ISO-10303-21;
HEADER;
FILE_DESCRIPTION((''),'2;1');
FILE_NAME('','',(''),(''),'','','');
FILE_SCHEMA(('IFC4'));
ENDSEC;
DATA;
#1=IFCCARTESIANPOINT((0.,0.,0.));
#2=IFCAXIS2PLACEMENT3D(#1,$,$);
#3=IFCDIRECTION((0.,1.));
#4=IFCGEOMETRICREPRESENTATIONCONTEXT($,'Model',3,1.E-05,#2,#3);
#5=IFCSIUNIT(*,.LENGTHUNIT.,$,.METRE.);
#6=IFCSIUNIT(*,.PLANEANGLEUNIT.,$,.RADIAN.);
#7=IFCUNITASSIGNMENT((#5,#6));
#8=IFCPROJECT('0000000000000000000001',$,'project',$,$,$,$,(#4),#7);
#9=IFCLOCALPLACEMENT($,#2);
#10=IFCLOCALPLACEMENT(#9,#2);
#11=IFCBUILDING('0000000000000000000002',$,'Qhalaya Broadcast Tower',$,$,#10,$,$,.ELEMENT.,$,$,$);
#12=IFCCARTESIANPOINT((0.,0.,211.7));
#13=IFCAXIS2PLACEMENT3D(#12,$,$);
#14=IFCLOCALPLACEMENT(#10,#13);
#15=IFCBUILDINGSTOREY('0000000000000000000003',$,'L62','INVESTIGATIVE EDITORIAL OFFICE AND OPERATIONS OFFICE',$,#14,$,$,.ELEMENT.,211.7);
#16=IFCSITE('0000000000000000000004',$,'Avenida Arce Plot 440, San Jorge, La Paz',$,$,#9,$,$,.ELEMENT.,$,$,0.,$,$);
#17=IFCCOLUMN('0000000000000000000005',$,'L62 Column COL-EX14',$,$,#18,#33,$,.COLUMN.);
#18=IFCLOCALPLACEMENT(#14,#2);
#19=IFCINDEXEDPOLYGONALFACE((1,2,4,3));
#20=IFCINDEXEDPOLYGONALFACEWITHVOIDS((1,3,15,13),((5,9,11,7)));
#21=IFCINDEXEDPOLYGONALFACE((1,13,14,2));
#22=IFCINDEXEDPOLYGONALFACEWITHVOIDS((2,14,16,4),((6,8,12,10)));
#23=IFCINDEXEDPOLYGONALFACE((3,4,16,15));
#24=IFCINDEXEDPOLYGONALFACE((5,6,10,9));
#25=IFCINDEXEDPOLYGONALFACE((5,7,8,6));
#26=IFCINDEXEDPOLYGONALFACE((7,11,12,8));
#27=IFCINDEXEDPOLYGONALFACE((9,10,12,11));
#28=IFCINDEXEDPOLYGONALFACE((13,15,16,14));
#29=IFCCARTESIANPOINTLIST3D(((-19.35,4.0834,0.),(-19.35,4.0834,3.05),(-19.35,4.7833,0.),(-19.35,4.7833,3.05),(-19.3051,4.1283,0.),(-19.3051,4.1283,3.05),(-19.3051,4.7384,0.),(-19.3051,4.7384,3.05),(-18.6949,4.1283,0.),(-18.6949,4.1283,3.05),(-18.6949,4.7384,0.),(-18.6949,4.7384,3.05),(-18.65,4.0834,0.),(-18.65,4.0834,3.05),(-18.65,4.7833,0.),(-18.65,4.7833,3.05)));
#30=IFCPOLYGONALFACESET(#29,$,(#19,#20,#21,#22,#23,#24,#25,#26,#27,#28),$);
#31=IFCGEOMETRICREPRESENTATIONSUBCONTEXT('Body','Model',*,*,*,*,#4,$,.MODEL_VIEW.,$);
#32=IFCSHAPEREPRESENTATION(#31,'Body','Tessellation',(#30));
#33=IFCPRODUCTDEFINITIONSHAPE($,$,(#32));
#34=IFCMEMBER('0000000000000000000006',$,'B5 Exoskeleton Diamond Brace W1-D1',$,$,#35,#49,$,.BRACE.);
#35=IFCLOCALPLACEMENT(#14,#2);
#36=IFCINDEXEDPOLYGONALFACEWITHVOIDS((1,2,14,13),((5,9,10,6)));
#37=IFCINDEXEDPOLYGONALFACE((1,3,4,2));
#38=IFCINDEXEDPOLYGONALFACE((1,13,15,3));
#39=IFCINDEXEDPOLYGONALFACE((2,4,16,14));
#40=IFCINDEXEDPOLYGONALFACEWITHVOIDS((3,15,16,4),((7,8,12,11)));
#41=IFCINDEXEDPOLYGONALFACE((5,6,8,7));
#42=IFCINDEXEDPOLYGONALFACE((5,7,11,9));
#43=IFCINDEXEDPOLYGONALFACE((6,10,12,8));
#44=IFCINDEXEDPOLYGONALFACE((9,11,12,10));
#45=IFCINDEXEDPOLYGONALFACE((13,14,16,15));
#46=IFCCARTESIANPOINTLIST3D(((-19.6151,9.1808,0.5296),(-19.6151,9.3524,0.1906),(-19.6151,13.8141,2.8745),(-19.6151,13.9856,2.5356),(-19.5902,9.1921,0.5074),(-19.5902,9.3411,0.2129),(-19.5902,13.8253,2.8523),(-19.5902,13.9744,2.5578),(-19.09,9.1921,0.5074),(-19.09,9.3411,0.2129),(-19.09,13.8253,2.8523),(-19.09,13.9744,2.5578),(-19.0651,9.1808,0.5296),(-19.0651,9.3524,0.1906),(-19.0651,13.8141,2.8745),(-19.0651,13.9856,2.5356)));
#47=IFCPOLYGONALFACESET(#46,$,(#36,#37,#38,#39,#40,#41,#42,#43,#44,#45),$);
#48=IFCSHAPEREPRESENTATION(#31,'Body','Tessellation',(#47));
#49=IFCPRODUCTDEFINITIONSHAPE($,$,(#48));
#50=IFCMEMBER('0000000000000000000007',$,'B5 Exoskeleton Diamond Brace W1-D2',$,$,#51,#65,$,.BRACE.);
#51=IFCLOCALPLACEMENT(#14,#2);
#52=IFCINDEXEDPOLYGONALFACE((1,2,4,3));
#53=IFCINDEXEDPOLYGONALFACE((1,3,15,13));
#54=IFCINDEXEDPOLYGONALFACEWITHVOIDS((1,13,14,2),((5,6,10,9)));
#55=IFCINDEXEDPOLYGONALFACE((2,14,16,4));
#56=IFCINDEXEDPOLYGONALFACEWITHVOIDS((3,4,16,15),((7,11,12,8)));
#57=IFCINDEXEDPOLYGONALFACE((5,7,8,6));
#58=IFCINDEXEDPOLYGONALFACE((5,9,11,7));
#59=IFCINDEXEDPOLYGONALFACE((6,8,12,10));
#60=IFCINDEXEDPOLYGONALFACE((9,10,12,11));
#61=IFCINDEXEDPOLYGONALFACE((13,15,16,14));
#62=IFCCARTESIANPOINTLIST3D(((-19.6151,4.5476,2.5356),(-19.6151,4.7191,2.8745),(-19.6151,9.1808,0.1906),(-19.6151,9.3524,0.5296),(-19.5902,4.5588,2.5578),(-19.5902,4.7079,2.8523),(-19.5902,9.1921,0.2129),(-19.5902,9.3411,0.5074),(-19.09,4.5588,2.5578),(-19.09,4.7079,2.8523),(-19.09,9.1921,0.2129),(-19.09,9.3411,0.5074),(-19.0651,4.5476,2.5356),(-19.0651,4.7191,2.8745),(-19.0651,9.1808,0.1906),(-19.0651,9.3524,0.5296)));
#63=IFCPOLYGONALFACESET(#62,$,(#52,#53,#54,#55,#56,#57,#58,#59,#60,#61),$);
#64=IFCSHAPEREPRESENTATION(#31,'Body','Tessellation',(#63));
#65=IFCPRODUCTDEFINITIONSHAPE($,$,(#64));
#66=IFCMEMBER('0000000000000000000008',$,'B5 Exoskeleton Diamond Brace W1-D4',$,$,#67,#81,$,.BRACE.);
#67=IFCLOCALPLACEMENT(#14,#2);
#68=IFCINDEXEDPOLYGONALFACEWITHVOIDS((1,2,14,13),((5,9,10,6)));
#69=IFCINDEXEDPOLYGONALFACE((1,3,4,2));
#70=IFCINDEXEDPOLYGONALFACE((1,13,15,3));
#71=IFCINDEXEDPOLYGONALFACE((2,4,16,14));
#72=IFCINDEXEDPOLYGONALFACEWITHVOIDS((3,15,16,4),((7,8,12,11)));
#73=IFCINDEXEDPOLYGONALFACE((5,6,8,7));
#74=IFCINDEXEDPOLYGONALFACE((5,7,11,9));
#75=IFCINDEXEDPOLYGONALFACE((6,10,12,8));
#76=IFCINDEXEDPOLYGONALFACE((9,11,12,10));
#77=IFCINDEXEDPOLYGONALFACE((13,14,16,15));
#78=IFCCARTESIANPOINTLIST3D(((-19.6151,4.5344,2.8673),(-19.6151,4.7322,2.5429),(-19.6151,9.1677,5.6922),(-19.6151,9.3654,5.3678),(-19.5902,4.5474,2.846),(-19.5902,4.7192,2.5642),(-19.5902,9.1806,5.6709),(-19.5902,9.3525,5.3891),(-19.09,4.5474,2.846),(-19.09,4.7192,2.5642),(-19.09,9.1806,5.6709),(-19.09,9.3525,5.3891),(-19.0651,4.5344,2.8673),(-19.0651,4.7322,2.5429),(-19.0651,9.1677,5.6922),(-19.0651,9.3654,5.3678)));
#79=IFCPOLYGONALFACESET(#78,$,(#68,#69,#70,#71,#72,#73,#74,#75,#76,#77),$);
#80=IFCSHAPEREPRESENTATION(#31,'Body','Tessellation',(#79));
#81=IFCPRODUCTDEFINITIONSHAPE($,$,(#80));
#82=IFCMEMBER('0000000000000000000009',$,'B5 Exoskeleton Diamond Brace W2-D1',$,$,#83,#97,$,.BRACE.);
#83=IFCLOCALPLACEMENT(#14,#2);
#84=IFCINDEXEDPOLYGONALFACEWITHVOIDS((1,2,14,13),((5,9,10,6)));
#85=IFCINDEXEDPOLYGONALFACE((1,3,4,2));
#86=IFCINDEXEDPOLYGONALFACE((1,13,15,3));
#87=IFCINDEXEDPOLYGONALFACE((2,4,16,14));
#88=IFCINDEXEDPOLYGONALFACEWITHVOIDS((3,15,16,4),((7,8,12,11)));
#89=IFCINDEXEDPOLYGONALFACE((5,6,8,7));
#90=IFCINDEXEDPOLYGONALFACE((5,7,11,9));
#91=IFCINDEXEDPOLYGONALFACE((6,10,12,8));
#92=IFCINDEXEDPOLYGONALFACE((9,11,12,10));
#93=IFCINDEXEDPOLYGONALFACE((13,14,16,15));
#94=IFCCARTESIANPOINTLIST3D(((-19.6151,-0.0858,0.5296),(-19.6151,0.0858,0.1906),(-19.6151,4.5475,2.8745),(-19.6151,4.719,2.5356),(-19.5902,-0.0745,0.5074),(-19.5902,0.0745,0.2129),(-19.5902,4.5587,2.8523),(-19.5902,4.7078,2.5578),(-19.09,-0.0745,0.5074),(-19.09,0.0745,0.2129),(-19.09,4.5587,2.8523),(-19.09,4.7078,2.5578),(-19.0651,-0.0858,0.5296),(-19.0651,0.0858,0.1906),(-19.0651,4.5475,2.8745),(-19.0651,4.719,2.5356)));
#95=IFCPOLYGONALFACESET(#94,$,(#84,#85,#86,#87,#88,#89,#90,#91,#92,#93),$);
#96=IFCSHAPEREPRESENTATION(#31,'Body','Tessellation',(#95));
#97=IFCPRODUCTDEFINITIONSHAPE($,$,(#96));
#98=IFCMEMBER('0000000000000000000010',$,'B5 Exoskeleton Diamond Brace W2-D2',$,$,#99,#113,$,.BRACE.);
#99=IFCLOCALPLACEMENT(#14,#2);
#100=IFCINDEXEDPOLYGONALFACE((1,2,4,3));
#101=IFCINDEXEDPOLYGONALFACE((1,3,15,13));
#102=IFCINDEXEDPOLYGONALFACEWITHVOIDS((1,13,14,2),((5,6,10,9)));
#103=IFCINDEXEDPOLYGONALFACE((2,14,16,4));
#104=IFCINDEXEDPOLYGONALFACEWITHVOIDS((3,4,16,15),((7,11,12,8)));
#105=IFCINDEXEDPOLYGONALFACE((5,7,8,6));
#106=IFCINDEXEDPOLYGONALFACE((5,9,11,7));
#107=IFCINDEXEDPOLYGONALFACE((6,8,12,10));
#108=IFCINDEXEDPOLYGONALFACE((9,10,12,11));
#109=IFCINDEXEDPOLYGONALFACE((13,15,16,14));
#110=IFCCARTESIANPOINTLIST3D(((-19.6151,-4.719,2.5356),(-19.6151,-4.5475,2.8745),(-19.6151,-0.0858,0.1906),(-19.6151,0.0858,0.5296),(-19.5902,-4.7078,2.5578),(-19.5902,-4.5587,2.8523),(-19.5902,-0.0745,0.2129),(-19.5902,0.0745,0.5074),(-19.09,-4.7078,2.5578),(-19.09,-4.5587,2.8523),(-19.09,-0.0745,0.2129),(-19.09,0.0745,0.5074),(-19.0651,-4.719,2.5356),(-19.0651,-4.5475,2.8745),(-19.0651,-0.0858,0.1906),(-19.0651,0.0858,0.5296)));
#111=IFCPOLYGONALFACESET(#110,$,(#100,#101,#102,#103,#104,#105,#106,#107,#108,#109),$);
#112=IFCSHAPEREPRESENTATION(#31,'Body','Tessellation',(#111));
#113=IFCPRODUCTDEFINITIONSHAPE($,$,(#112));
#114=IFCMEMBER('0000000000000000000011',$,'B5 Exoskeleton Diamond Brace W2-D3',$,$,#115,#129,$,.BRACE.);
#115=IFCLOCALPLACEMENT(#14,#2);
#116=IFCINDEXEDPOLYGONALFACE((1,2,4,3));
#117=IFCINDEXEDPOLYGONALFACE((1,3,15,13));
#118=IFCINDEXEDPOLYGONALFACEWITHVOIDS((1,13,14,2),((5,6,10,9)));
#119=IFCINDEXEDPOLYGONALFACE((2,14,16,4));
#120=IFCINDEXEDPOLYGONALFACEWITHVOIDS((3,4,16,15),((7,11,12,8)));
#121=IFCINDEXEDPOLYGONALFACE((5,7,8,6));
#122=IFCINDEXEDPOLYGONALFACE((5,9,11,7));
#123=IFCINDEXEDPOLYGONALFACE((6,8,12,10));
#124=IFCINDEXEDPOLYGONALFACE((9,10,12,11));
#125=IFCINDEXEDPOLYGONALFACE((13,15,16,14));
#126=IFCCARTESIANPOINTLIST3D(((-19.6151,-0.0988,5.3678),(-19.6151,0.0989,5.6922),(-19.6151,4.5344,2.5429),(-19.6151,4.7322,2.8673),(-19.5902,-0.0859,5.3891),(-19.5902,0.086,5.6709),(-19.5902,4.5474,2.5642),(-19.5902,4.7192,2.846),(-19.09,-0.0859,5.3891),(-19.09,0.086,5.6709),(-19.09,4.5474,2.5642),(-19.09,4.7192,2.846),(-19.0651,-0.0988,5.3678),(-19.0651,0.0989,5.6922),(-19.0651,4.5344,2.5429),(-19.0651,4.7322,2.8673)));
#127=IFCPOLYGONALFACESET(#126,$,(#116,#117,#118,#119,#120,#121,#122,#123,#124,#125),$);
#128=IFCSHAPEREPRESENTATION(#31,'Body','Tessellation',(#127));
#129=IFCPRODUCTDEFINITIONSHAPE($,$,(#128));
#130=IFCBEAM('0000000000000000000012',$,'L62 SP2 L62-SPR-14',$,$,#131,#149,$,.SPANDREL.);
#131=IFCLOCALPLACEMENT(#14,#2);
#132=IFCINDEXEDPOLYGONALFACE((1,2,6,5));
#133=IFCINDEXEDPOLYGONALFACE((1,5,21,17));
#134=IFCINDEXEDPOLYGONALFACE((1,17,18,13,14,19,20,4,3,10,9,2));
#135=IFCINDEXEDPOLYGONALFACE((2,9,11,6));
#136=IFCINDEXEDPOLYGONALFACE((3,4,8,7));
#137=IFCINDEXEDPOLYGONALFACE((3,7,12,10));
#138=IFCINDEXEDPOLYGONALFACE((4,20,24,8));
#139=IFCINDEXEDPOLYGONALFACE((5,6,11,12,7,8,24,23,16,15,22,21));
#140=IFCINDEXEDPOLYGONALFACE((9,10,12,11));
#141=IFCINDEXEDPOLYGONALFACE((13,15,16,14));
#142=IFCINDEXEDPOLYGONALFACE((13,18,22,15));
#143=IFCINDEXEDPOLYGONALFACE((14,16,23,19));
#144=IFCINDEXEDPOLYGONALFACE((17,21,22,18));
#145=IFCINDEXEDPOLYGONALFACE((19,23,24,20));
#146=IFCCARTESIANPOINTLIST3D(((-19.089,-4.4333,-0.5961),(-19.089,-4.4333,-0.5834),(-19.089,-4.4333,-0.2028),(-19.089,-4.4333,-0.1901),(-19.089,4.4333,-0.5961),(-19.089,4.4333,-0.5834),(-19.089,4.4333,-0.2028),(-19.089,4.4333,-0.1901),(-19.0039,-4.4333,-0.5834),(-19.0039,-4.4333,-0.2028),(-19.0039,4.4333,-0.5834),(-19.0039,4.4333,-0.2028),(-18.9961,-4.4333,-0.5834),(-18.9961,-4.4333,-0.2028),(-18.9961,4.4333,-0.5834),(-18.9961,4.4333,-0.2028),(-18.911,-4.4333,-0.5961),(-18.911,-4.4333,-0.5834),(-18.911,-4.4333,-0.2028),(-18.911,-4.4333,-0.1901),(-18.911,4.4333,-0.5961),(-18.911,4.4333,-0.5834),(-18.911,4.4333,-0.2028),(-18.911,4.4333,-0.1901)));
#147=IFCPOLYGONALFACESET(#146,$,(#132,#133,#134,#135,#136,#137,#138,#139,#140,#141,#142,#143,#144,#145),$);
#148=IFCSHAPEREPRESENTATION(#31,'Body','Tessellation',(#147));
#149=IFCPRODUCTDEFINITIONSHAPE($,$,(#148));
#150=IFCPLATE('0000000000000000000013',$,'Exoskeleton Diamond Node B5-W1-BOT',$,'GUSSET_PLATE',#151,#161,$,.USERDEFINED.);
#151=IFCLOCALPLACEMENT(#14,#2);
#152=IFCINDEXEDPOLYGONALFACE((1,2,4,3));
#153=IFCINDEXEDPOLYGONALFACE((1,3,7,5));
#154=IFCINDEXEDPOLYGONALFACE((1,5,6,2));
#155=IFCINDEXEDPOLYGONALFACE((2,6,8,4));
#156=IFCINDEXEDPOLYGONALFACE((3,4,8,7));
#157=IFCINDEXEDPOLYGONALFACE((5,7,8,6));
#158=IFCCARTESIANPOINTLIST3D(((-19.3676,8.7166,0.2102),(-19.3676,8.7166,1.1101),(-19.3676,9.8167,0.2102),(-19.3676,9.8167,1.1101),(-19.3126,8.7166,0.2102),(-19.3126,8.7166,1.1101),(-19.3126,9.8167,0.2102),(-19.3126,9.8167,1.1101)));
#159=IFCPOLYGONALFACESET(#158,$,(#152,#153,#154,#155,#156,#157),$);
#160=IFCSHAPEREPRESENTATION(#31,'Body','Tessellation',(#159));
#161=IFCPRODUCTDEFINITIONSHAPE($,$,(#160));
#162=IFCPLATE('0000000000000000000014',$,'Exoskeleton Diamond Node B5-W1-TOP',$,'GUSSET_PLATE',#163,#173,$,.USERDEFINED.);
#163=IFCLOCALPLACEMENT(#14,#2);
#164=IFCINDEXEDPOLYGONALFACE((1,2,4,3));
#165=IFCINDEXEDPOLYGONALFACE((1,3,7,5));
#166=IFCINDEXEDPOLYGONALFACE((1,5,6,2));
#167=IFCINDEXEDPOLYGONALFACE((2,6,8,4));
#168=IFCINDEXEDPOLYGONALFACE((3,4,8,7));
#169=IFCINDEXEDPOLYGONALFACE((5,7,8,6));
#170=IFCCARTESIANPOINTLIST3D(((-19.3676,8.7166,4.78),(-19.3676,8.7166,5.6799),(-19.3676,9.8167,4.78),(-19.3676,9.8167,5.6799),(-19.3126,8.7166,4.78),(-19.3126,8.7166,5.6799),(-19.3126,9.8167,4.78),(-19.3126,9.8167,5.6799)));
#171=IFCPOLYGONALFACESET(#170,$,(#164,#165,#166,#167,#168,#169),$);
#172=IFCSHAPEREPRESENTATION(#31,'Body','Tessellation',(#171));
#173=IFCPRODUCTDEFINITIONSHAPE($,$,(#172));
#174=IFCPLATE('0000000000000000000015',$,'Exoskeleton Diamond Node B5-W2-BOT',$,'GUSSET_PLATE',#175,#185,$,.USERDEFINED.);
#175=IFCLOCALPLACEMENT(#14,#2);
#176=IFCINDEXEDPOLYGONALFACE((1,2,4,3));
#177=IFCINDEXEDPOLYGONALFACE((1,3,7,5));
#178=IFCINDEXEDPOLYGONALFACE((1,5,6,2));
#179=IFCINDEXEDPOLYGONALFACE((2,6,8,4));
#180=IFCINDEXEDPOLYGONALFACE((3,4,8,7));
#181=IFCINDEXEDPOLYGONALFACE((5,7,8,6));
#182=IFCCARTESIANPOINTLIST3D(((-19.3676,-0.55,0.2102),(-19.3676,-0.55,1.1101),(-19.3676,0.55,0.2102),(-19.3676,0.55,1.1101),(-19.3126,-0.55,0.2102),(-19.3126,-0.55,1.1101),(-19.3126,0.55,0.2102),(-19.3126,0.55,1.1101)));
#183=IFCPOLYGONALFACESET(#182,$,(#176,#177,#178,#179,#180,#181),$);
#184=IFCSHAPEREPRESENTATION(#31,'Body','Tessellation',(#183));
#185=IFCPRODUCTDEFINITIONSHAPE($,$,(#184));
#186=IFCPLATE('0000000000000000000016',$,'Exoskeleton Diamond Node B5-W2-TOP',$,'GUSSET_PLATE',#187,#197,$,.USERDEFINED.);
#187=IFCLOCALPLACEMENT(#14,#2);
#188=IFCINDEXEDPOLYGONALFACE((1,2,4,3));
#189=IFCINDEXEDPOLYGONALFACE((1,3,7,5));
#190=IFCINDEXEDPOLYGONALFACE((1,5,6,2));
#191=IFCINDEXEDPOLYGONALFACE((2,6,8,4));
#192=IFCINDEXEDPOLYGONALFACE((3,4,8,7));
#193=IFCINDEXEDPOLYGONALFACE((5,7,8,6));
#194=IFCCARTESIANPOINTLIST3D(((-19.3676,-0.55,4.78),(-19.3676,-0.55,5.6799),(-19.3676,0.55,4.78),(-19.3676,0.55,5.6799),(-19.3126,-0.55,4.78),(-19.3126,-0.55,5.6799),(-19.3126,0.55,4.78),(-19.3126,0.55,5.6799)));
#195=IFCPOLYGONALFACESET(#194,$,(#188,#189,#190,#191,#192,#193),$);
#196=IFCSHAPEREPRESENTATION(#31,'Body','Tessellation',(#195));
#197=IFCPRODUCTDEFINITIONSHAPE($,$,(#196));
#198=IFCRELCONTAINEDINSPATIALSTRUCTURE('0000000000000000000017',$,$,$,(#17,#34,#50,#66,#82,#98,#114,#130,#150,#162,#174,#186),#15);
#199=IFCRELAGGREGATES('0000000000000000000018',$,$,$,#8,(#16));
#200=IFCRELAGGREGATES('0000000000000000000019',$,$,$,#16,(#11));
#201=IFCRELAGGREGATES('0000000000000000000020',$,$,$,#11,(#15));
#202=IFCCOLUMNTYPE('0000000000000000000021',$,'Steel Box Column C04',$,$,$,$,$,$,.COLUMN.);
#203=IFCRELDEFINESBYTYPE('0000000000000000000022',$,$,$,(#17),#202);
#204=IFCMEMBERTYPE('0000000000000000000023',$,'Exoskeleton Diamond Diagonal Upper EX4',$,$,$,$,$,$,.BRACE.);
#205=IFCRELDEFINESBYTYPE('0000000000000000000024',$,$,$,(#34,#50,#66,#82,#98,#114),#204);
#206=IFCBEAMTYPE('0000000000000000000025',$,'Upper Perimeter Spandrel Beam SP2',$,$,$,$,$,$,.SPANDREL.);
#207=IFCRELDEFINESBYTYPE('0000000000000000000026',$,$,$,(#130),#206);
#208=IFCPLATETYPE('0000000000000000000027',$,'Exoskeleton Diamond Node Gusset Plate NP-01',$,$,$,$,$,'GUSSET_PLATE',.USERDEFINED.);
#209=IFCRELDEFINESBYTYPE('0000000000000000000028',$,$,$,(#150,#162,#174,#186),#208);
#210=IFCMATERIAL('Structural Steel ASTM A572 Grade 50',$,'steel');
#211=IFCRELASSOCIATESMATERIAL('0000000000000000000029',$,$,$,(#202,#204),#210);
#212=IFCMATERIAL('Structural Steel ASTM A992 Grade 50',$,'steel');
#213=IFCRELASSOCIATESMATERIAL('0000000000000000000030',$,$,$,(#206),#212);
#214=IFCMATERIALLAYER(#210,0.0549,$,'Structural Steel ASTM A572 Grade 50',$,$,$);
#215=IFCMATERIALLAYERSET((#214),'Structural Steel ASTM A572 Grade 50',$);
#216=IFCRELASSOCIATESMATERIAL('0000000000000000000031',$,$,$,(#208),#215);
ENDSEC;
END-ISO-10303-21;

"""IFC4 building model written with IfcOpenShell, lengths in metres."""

from ifc_helpers import new_model, si_unit, direction, frame, origin, origin_2d, place, context, subcontext, project, spatial, rectangle, hollow_rectangle, i_section, extrude, material, layer, layer_set, material_profile, profile_set, type_object, element, save


model = new_model("IFC4")

# Units and contexts
model_context = context("Model", 3, precision=1e-05, world=origin(), true_north=direction((0.0, 1.0)))
body_context = subcontext(model_context, "Body", "Model", "MODEL_VIEW")
ifc_project = project(units=[si_unit("LENGTHUNIT", "METRE"), si_unit("PLANEANGLEUNIT", "RADIAN")], contexts=[model_context])

# Site, building, storey
site_placement = place(None, origin())
site = spatial("IfcSite", under=ifc_project, at=site_placement, Name="Avenida Arce Plot 440, San Jorge, La Paz", CompositionType="ELEMENT", RefElevation=0.0)
building_placement = place(site_placement, origin())
building = spatial("IfcBuilding", under=site, at=building_placement, Name="Qhalaya Broadcast Tower", CompositionType="ELEMENT")
storey_placement = place(building_placement, frame((0.0, 0.0, 211.7)))
storey = spatial("IfcBuildingStorey", under=building, at=storey_placement, Name="L62", Description="INVESTIGATIVE EDITORIAL OFFICE AND OPERATIONS OFFICE", CompositionType="ELEMENT", Elevation=211.7)

# Column
ifc_material_1 = material(Name="Structural Steel ASTM A572 Grade 50", Category="steel")
ifc_material_profile_1 = material_profile(ifc_material_1, hollow_rectangle(XDim=0.7, YDim=0.7, WallThickness=0.0449, at=origin_2d()), Name="BOX 700x700x45")
ifc_profile_set_1 = profile_set([ifc_material_profile_1], Name="Structural Steel ASTM A572 Grade 50")
column_type = type_object("IfcColumnType", Name="Steel Box Column C04", PredefinedType="COLUMN", material=ifc_profile_set_1)
column_placement = place(storey_placement, frame((-19.0, 4.4333, 0.0), z_axis=(0.0, 0.0, 1.0), x_axis=(0.0, 1.0, 0.0)))
element("IfcColumn", 1, at=column_placement, inside=storey, type_object=column_type, Name="L62 Column COL-EX14", PredefinedType="COLUMN", context=body_context, shape_type="SweptSolid", body=[
    extrude(hollow_rectangle(XDim=0.7, YDim=0.7, WallThickness=0.0449, at=origin_2d()), origin(), (0.0, 0.0, 1.0), 3.05),
])

# Members
ifc_material_profile_2 = material_profile(ifc_material_1, hollow_rectangle(XDim=0.3799, YDim=0.55, WallThickness=0.0249, at=origin_2d()), Name="BOX 380x550x25")
ifc_profile_set_2 = profile_set([ifc_material_profile_2], Name="Structural Steel ASTM A572 Grade 50")
member_type = type_object("IfcMemberType", Name="Exoskeleton Diamond Diagonal Upper EX4", PredefinedType="BRACE", material=ifc_profile_set_2)
for number, where, z_axis, x_axis, name in (
    (2, (-19.3401, 9.2666, 0.3601), (0.0, 0.892235, 0.451571), (0.0, -0.451571, 0.892235), "B5 Exoskeleton Diamond Brace W1-D1"),
    (3, (-19.3401, 9.2666, 0.3601), (0.0, -0.892235, 0.451571), (0.0, 0.451571, 0.892235), "B5 Exoskeleton Diamond Brace W1-D2"),
):
    element("IfcMember", number, at=place(storey_placement, frame(where, z_axis=z_axis, x_axis=x_axis)), inside=storey, type_object=member_type, Name=name, PredefinedType="BRACE", context=body_context, shape_type="SweptSolid", body=[
        extrude(hollow_rectangle(XDim=0.3799, YDim=0.55, WallThickness=0.0249, at=origin_2d()), origin(), (0.0, 0.0, 1.0), 5.1929),
    ])
member_1_placement = place(storey_placement, frame((-19.3401, 4.6333, 2.7051), z_axis=(0.0, 0.853815, 0.520576), x_axis=(0.0, -0.520576, 0.853815)))
element("IfcMember", 4, at=member_1_placement, inside=storey, type_object=member_type, Name="B5 Exoskeleton Diamond Brace W1-D4", PredefinedType="BRACE", context=body_context, shape_type="SweptSolid", body=[
    extrude(hollow_rectangle(XDim=0.3799, YDim=0.55, WallThickness=0.0249, at=origin_2d()), origin(), (0.0, 0.0, 1.0), 5.4265),
])
for number, where, z_axis, x_axis, name in (
    (5, (-19.3401, 0.0, 0.3601), (0.0, 0.892235, 0.451571), (0.0, -0.451571, 0.892235), "B5 Exoskeleton Diamond Brace W2-D1"),
    (6, (-19.3401, 0.0, 0.3601), (0.0, -0.892235, 0.451571), (0.0, 0.451571, 0.892235), "B5 Exoskeleton Diamond Brace W2-D2"),
):
    element("IfcMember", number, at=place(storey_placement, frame(where, z_axis=z_axis, x_axis=x_axis)), inside=storey, type_object=member_type, Name=name, PredefinedType="BRACE", context=body_context, shape_type="SweptSolid", body=[
        extrude(hollow_rectangle(XDim=0.3799, YDim=0.55, WallThickness=0.0249, at=origin_2d()), origin(), (0.0, 0.0, 1.0), 5.1929),
    ])
member_2_placement = place(storey_placement, frame((-19.3401, 4.6333, 2.7051), z_axis=(0.0, -0.853815, 0.520576), x_axis=(0.0, 0.520576, 0.853815)))
element("IfcMember", 7, at=member_2_placement, inside=storey, type_object=member_type, Name="B5 Exoskeleton Diamond Brace W2-D3", PredefinedType="BRACE", context=body_context, shape_type="SweptSolid", body=[
    extrude(hollow_rectangle(XDim=0.3799, YDim=0.55, WallThickness=0.0249, at=origin_2d()), origin(), (0.0, 0.0, 1.0), 5.4265),
])

# Beam
ifc_material_2 = material(Name="Structural Steel ASTM A992 Grade 50", Category="steel")
ifc_material_profile_3 = material_profile(ifc_material_2, i_section(OverallWidth=0.178, OverallDepth=0.406, WebThickness=0.0078, FlangeThickness=0.0127, at=origin_2d()), Name="W16X40")
ifc_profile_set_3 = profile_set([ifc_material_profile_3], Name="Structural Steel ASTM A992 Grade 50")
beam_type = type_object("IfcBeamType", Name="Upper Perimeter Spandrel Beam SP2", PredefinedType="SPANDREL", material=ifc_profile_set_3)
beam_placement = place(storey_placement, frame((-19.0, 4.4333, -0.3931), z_axis=(0.0, -1.0, 0.0), x_axis=(1.0, 0.0, 0.0)))
element("IfcBeam", 8, at=beam_placement, inside=storey, type_object=beam_type, Name="L62 SP2 L62-SPR-14", PredefinedType="SPANDREL", context=body_context, shape_type="SweptSolid", body=[
    extrude(i_section(OverallWidth=0.178, OverallDepth=0.406, WebThickness=0.0078, FlangeThickness=0.0127, at=origin_2d()), origin(), (0.0, 0.0, 1.0), 8.8667),
])

# Plates
ifc_layer_1 = layer(ifc_material_1, 0.0549, Name="Structural Steel ASTM A572 Grade 50")
ifc_layer_set_1 = layer_set([ifc_layer_1], Name="Structural Steel ASTM A572 Grade 50")
plate_type_1 = type_object("IfcPlateType", Name="Exoskeleton Diamond Node Gusset Plate NP-01", ElementType="GUSSET_PLATE", PredefinedType="USERDEFINED", material=ifc_layer_set_1)
for number, where, z_axis, x_axis, name in (
    (9, (-19.3401, 9.2666, 0.2102), (0.0, 0.0, 1.0), (0.0, 1.0, 0.0), "Exoskeleton Diamond Node B5-W1-BOT"),
    (10, (-19.3401, 9.2666, 4.78), (0.0, 0.0, 1.0), (0.0, 1.0, 0.0), "Exoskeleton Diamond Node B5-W1-TOP"),
    (11, (-19.3401, 0.0, 0.2102), (0.0, 0.0, 1.0), (0.0, 1.0, 0.0), "Exoskeleton Diamond Node B5-W2-BOT"),
    (12, (-19.3401, 0.0, 4.78), (0.0, 0.0, 1.0), (0.0, 1.0, 0.0), "Exoskeleton Diamond Node B5-W2-TOP"),
):
    element("IfcPlate", number, at=place(storey_placement, frame(where, z_axis=z_axis, x_axis=x_axis)), inside=storey, type_object=plate_type_1, Name=name, ObjectType="GUSSET_PLATE", PredefinedType="USERDEFINED", context=body_context, shape_type="SweptSolid", body=[
        extrude(rectangle(XDim=1.1001, YDim=0.0549, at=origin_2d()), origin(), (0.0, 0.0, 1.0), 0.8999),
    ])

save(model, "model.ifc")
